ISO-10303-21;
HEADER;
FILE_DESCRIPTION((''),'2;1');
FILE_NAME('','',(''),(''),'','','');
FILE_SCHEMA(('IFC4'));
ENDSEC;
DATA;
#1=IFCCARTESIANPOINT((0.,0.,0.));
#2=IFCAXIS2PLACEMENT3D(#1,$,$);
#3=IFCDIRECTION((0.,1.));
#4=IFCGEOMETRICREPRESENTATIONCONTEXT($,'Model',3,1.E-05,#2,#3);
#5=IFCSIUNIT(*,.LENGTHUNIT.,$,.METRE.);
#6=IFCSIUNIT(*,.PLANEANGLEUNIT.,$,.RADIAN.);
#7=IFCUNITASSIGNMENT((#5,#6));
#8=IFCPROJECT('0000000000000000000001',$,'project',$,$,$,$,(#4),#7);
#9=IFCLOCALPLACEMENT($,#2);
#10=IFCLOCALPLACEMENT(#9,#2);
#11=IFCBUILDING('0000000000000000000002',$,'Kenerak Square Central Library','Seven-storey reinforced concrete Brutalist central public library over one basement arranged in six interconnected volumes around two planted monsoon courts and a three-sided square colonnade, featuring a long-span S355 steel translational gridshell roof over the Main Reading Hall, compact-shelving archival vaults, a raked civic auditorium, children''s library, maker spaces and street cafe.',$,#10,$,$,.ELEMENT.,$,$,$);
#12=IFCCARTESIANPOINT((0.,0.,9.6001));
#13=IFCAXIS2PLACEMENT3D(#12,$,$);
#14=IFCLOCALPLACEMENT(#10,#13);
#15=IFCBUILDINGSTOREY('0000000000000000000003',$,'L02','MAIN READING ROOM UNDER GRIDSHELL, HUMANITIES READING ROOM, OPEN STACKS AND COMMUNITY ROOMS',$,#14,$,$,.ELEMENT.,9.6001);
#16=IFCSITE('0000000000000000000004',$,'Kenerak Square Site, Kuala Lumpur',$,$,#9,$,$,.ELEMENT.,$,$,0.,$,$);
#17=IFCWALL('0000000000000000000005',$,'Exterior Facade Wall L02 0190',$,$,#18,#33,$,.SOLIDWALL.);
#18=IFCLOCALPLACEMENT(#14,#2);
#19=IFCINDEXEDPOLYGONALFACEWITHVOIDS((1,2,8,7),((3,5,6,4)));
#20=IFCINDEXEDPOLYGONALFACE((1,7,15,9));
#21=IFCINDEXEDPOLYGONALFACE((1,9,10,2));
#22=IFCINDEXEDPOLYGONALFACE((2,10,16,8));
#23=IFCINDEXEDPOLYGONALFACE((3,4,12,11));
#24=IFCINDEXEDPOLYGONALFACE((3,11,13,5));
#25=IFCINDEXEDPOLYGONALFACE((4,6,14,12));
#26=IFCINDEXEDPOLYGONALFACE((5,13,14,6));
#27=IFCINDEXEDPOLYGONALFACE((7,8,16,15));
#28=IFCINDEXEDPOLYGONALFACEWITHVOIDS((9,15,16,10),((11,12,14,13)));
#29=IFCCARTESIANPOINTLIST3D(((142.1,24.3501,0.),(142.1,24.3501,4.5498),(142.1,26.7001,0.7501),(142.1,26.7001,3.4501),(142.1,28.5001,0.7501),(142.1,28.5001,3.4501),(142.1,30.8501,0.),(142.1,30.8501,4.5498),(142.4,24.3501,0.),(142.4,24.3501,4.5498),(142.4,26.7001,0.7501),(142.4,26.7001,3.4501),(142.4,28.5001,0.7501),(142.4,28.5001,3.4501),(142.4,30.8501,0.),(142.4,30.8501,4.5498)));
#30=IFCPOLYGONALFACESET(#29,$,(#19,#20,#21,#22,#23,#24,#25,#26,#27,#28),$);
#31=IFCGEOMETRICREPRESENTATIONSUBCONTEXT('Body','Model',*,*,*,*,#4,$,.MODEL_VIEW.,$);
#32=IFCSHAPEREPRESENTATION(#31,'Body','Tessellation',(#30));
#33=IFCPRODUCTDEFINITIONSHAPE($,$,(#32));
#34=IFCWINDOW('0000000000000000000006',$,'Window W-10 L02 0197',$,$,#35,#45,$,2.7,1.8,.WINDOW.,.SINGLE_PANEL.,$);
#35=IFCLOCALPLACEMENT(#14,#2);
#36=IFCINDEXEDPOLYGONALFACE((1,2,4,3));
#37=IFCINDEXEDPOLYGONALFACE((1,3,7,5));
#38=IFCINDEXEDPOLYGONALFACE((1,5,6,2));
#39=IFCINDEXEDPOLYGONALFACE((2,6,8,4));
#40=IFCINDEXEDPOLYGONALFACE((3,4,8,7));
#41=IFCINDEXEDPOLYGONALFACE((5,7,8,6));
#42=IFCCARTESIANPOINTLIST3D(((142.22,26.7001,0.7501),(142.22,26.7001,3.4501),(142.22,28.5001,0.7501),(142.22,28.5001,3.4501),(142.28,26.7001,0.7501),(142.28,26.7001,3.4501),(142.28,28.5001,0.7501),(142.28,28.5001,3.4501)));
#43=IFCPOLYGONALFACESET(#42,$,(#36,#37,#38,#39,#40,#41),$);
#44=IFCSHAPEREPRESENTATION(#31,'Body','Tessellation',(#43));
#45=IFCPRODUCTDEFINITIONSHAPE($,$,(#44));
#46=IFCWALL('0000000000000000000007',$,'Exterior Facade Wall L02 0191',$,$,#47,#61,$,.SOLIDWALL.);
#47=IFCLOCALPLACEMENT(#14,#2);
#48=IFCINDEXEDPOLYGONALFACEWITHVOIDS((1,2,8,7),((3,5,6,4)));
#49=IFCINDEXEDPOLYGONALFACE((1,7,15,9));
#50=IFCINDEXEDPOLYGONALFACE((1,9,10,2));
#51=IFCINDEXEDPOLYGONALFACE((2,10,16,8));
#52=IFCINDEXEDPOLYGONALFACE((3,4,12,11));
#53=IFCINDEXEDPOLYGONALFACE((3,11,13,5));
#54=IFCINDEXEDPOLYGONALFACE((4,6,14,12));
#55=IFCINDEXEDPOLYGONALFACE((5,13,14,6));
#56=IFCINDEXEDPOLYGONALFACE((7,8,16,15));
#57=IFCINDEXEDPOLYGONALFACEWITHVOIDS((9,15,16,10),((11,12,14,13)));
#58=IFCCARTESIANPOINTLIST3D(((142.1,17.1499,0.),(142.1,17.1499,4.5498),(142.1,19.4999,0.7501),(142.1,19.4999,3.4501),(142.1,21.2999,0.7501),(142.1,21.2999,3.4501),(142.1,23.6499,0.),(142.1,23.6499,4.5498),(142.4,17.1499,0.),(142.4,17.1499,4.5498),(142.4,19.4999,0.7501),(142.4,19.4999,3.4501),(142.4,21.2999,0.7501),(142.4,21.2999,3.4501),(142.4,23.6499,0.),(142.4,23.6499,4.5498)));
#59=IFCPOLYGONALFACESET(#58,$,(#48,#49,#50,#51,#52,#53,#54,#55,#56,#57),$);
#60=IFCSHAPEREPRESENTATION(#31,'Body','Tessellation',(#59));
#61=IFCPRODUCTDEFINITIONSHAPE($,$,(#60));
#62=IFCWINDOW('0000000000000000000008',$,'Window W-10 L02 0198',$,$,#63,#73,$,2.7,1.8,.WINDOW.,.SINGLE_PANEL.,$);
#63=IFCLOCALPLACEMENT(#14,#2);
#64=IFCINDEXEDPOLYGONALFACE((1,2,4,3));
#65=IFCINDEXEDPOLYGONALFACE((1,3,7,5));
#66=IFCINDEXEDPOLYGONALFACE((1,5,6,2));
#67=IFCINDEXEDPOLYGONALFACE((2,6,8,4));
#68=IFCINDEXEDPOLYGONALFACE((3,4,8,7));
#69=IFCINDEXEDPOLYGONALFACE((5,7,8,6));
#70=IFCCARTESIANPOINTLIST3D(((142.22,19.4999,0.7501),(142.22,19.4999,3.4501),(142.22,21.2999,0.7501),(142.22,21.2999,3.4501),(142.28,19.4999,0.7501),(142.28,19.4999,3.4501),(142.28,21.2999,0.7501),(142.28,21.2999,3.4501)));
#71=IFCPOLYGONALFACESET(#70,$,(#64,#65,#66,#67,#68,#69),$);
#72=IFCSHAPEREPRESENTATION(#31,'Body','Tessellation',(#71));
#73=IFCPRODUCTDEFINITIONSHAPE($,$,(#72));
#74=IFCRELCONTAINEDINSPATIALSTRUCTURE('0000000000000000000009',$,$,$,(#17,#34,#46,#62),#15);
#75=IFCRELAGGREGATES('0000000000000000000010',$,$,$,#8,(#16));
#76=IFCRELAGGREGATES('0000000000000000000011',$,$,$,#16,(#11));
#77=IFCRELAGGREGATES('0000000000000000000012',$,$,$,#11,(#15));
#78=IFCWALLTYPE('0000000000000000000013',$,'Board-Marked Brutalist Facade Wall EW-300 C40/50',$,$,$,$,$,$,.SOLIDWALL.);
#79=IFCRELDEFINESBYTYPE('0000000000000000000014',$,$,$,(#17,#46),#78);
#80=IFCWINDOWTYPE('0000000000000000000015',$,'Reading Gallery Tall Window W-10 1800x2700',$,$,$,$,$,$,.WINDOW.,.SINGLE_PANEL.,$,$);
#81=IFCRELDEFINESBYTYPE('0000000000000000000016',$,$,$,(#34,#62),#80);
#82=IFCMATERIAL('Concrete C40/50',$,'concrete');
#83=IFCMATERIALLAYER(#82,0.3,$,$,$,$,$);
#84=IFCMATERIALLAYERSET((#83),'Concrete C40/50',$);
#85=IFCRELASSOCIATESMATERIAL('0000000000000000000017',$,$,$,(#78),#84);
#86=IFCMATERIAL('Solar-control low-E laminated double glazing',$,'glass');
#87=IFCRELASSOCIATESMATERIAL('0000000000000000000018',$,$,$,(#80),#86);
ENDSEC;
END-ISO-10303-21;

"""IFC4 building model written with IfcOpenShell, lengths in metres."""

from ifc_helpers import new_model, si_unit, direction, frame, frame_2d, origin, place, context, subcontext, project, spatial, rectangle, extrude, material, layer, layer_set, type_object, element, fill, save


model = new_model("IFC4")

# Units and contexts
model_context = context("Model", 3, precision=1e-05, world=origin(), true_north=direction((0.0, 1.0)))
body_context = subcontext(model_context, "Body", "Model", "MODEL_VIEW")
ifc_project = project(units=[si_unit("LENGTHUNIT", "METRE"), si_unit("PLANEANGLEUNIT", "RADIAN")], contexts=[model_context])

# Site, building, storey
site_placement = place(None, origin())
site = spatial("IfcSite", under=ifc_project, at=site_placement, Name="Kenerak Square Site, Kuala Lumpur", CompositionType="ELEMENT", RefElevation=0.0)
building_placement = place(site_placement, origin())
building = spatial("IfcBuilding", under=site, at=building_placement, Name="Kenerak Square Central Library", Description="Seven-storey reinforced concrete Brutalist central public library over one basement arranged in six interconnected volumes around two planted monsoon courts and a three-sided square colonnade, featuring a long-span S355 steel translational gridshell roof over the Main Reading Hall, compact-shelving archival vaults, a raked civic auditorium, children's library, maker spaces and street cafe.", CompositionType="ELEMENT")
storey_placement = place(building_placement, frame((0.0, 0.0, 9.6001)))
storey = spatial("IfcBuildingStorey", under=building, at=storey_placement, Name="L02", Description="MAIN READING ROOM UNDER GRIDSHELL, HUMANITIES READING ROOM, OPEN STACKS AND COMMUNITY ROOMS", CompositionType="ELEMENT", Elevation=9.6001)

# Shared definitions
ifc_material_1 = material(Name="Concrete C40/50", Category="concrete")

# Shared definitions
ifc_material_2 = material(Name="Solar-control low-E laminated double glazing", Category="glass")

# Walls, openings, windows
ifc_layer_1 = layer(ifc_material_1, 0.3)
ifc_layer_set_1 = layer_set([ifc_layer_1], Name="Concrete C40/50")
wall_type = type_object("IfcWallType", Name="Board-Marked Brutalist Facade Wall EW-300 C40/50", PredefinedType="SOLIDWALL", material=ifc_layer_set_1)
window_type = type_object("IfcWindowType", Name="Reading Gallery Tall Window W-10 1800x2700", PartitioningType="SINGLE_PANEL", PredefinedType="WINDOW", material=ifc_material_2)
wall_1_placement = place(storey_placement, frame((142.25, 30.8501, 0.0), z_axis=(0.0, 0.0, 1.0), x_axis=(0.0, -1.0, 0.0)))
wall_1 = element("IfcWall", 1, at=wall_1_placement, inside=storey, type_object=wall_type, Name="Exterior Facade Wall L02 0190", PredefinedType="SOLIDWALL", context=body_context, shape_type="SweptSolid", body=[
    extrude(rectangle(XDim=6.5, YDim=0.3, at=frame_2d((3.25, 0.0))), origin(), (0.0, 0.0, 1.0), 4.5498),
])
opening_1_placement = place(wall_1_placement, frame((2.3501, 0.0, 0.75)))
opening_1 = element("IfcOpeningElement", 2, at=opening_1_placement, cuts=wall_1, PredefinedType="OPENING", context=body_context, shape_type="SweptSolid", body=[
    extrude(rectangle(XDim=1.8, YDim=2.7, at=frame_2d((0.8999, 1.3501))), frame((0.0, 0.1599, 0.0), z_axis=(0.0, -1.0, 0.0), x_axis=(1.0, 0.0, 0.0)), (0.0, 0.0, 1.0), 0.3201),
])
window_1_placement = place(opening_1_placement, origin())
window_1 = element("IfcWindow", 3, at=window_1_placement, inside=storey, type_object=window_type, Name="Window W-10 L02 0197", OverallHeight=2.7, OverallWidth=1.8, PartitioningType="SINGLE_PANEL", PredefinedType="WINDOW", context=body_context, shape_type="SweptSolid", body=[
    extrude(rectangle(XDim=1.8, YDim=2.7, at=frame_2d((0.8999, 1.3501))), frame((0.0, 0.03, 0.0), z_axis=(0.0, -1.0, 0.0), x_axis=(1.0, 0.0, 0.0)), (0.0, 0.0, 1.0), 0.0601),
])
fill(opening_1, window_1)
wall_2_placement = place(storey_placement, frame((142.25, 23.6499, 0.0), z_axis=(0.0, 0.0, 1.0), x_axis=(0.0, -1.0, 0.0)))
wall_2 = element("IfcWall", 4, at=wall_2_placement, inside=storey, type_object=wall_type, Name="Exterior Facade Wall L02 0191", PredefinedType="SOLIDWALL", context=body_context, shape_type="SweptSolid", body=[
    extrude(rectangle(XDim=6.5, YDim=0.3, at=frame_2d((3.25, 0.0))), origin(), (0.0, 0.0, 1.0), 4.5498),
])
opening_2_placement = place(wall_2_placement, frame((2.3501, 0.0, 0.75)))
opening_2 = element("IfcOpeningElement", 5, at=opening_2_placement, cuts=wall_2, PredefinedType="OPENING", context=body_context, shape_type="SweptSolid", body=[
    extrude(rectangle(XDim=1.8, YDim=2.7, at=frame_2d((0.8999, 1.3501))), frame((0.0, 0.1599, 0.0), z_axis=(0.0, -1.0, 0.0), x_axis=(1.0, 0.0, 0.0)), (0.0, 0.0, 1.0), 0.3201),
])
window_2_placement = place(opening_2_placement, origin())
window_2 = element("IfcWindow", 6, at=window_2_placement, inside=storey, type_object=window_type, Name="Window W-10 L02 0198", OverallHeight=2.7, OverallWidth=1.8, PartitioningType="SINGLE_PANEL", PredefinedType="WINDOW", context=body_context, shape_type="SweptSolid", body=[
    extrude(rectangle(XDim=1.8, YDim=2.7, at=frame_2d((0.8999, 1.3501))), frame((0.0, 0.03, 0.0), z_axis=(0.0, -1.0, 0.0), x_axis=(1.0, 0.0, 0.0)), (0.0, 0.0, 1.0), 0.0601),
])
fill(opening_2, window_2)

save(model, "model.ifc")
